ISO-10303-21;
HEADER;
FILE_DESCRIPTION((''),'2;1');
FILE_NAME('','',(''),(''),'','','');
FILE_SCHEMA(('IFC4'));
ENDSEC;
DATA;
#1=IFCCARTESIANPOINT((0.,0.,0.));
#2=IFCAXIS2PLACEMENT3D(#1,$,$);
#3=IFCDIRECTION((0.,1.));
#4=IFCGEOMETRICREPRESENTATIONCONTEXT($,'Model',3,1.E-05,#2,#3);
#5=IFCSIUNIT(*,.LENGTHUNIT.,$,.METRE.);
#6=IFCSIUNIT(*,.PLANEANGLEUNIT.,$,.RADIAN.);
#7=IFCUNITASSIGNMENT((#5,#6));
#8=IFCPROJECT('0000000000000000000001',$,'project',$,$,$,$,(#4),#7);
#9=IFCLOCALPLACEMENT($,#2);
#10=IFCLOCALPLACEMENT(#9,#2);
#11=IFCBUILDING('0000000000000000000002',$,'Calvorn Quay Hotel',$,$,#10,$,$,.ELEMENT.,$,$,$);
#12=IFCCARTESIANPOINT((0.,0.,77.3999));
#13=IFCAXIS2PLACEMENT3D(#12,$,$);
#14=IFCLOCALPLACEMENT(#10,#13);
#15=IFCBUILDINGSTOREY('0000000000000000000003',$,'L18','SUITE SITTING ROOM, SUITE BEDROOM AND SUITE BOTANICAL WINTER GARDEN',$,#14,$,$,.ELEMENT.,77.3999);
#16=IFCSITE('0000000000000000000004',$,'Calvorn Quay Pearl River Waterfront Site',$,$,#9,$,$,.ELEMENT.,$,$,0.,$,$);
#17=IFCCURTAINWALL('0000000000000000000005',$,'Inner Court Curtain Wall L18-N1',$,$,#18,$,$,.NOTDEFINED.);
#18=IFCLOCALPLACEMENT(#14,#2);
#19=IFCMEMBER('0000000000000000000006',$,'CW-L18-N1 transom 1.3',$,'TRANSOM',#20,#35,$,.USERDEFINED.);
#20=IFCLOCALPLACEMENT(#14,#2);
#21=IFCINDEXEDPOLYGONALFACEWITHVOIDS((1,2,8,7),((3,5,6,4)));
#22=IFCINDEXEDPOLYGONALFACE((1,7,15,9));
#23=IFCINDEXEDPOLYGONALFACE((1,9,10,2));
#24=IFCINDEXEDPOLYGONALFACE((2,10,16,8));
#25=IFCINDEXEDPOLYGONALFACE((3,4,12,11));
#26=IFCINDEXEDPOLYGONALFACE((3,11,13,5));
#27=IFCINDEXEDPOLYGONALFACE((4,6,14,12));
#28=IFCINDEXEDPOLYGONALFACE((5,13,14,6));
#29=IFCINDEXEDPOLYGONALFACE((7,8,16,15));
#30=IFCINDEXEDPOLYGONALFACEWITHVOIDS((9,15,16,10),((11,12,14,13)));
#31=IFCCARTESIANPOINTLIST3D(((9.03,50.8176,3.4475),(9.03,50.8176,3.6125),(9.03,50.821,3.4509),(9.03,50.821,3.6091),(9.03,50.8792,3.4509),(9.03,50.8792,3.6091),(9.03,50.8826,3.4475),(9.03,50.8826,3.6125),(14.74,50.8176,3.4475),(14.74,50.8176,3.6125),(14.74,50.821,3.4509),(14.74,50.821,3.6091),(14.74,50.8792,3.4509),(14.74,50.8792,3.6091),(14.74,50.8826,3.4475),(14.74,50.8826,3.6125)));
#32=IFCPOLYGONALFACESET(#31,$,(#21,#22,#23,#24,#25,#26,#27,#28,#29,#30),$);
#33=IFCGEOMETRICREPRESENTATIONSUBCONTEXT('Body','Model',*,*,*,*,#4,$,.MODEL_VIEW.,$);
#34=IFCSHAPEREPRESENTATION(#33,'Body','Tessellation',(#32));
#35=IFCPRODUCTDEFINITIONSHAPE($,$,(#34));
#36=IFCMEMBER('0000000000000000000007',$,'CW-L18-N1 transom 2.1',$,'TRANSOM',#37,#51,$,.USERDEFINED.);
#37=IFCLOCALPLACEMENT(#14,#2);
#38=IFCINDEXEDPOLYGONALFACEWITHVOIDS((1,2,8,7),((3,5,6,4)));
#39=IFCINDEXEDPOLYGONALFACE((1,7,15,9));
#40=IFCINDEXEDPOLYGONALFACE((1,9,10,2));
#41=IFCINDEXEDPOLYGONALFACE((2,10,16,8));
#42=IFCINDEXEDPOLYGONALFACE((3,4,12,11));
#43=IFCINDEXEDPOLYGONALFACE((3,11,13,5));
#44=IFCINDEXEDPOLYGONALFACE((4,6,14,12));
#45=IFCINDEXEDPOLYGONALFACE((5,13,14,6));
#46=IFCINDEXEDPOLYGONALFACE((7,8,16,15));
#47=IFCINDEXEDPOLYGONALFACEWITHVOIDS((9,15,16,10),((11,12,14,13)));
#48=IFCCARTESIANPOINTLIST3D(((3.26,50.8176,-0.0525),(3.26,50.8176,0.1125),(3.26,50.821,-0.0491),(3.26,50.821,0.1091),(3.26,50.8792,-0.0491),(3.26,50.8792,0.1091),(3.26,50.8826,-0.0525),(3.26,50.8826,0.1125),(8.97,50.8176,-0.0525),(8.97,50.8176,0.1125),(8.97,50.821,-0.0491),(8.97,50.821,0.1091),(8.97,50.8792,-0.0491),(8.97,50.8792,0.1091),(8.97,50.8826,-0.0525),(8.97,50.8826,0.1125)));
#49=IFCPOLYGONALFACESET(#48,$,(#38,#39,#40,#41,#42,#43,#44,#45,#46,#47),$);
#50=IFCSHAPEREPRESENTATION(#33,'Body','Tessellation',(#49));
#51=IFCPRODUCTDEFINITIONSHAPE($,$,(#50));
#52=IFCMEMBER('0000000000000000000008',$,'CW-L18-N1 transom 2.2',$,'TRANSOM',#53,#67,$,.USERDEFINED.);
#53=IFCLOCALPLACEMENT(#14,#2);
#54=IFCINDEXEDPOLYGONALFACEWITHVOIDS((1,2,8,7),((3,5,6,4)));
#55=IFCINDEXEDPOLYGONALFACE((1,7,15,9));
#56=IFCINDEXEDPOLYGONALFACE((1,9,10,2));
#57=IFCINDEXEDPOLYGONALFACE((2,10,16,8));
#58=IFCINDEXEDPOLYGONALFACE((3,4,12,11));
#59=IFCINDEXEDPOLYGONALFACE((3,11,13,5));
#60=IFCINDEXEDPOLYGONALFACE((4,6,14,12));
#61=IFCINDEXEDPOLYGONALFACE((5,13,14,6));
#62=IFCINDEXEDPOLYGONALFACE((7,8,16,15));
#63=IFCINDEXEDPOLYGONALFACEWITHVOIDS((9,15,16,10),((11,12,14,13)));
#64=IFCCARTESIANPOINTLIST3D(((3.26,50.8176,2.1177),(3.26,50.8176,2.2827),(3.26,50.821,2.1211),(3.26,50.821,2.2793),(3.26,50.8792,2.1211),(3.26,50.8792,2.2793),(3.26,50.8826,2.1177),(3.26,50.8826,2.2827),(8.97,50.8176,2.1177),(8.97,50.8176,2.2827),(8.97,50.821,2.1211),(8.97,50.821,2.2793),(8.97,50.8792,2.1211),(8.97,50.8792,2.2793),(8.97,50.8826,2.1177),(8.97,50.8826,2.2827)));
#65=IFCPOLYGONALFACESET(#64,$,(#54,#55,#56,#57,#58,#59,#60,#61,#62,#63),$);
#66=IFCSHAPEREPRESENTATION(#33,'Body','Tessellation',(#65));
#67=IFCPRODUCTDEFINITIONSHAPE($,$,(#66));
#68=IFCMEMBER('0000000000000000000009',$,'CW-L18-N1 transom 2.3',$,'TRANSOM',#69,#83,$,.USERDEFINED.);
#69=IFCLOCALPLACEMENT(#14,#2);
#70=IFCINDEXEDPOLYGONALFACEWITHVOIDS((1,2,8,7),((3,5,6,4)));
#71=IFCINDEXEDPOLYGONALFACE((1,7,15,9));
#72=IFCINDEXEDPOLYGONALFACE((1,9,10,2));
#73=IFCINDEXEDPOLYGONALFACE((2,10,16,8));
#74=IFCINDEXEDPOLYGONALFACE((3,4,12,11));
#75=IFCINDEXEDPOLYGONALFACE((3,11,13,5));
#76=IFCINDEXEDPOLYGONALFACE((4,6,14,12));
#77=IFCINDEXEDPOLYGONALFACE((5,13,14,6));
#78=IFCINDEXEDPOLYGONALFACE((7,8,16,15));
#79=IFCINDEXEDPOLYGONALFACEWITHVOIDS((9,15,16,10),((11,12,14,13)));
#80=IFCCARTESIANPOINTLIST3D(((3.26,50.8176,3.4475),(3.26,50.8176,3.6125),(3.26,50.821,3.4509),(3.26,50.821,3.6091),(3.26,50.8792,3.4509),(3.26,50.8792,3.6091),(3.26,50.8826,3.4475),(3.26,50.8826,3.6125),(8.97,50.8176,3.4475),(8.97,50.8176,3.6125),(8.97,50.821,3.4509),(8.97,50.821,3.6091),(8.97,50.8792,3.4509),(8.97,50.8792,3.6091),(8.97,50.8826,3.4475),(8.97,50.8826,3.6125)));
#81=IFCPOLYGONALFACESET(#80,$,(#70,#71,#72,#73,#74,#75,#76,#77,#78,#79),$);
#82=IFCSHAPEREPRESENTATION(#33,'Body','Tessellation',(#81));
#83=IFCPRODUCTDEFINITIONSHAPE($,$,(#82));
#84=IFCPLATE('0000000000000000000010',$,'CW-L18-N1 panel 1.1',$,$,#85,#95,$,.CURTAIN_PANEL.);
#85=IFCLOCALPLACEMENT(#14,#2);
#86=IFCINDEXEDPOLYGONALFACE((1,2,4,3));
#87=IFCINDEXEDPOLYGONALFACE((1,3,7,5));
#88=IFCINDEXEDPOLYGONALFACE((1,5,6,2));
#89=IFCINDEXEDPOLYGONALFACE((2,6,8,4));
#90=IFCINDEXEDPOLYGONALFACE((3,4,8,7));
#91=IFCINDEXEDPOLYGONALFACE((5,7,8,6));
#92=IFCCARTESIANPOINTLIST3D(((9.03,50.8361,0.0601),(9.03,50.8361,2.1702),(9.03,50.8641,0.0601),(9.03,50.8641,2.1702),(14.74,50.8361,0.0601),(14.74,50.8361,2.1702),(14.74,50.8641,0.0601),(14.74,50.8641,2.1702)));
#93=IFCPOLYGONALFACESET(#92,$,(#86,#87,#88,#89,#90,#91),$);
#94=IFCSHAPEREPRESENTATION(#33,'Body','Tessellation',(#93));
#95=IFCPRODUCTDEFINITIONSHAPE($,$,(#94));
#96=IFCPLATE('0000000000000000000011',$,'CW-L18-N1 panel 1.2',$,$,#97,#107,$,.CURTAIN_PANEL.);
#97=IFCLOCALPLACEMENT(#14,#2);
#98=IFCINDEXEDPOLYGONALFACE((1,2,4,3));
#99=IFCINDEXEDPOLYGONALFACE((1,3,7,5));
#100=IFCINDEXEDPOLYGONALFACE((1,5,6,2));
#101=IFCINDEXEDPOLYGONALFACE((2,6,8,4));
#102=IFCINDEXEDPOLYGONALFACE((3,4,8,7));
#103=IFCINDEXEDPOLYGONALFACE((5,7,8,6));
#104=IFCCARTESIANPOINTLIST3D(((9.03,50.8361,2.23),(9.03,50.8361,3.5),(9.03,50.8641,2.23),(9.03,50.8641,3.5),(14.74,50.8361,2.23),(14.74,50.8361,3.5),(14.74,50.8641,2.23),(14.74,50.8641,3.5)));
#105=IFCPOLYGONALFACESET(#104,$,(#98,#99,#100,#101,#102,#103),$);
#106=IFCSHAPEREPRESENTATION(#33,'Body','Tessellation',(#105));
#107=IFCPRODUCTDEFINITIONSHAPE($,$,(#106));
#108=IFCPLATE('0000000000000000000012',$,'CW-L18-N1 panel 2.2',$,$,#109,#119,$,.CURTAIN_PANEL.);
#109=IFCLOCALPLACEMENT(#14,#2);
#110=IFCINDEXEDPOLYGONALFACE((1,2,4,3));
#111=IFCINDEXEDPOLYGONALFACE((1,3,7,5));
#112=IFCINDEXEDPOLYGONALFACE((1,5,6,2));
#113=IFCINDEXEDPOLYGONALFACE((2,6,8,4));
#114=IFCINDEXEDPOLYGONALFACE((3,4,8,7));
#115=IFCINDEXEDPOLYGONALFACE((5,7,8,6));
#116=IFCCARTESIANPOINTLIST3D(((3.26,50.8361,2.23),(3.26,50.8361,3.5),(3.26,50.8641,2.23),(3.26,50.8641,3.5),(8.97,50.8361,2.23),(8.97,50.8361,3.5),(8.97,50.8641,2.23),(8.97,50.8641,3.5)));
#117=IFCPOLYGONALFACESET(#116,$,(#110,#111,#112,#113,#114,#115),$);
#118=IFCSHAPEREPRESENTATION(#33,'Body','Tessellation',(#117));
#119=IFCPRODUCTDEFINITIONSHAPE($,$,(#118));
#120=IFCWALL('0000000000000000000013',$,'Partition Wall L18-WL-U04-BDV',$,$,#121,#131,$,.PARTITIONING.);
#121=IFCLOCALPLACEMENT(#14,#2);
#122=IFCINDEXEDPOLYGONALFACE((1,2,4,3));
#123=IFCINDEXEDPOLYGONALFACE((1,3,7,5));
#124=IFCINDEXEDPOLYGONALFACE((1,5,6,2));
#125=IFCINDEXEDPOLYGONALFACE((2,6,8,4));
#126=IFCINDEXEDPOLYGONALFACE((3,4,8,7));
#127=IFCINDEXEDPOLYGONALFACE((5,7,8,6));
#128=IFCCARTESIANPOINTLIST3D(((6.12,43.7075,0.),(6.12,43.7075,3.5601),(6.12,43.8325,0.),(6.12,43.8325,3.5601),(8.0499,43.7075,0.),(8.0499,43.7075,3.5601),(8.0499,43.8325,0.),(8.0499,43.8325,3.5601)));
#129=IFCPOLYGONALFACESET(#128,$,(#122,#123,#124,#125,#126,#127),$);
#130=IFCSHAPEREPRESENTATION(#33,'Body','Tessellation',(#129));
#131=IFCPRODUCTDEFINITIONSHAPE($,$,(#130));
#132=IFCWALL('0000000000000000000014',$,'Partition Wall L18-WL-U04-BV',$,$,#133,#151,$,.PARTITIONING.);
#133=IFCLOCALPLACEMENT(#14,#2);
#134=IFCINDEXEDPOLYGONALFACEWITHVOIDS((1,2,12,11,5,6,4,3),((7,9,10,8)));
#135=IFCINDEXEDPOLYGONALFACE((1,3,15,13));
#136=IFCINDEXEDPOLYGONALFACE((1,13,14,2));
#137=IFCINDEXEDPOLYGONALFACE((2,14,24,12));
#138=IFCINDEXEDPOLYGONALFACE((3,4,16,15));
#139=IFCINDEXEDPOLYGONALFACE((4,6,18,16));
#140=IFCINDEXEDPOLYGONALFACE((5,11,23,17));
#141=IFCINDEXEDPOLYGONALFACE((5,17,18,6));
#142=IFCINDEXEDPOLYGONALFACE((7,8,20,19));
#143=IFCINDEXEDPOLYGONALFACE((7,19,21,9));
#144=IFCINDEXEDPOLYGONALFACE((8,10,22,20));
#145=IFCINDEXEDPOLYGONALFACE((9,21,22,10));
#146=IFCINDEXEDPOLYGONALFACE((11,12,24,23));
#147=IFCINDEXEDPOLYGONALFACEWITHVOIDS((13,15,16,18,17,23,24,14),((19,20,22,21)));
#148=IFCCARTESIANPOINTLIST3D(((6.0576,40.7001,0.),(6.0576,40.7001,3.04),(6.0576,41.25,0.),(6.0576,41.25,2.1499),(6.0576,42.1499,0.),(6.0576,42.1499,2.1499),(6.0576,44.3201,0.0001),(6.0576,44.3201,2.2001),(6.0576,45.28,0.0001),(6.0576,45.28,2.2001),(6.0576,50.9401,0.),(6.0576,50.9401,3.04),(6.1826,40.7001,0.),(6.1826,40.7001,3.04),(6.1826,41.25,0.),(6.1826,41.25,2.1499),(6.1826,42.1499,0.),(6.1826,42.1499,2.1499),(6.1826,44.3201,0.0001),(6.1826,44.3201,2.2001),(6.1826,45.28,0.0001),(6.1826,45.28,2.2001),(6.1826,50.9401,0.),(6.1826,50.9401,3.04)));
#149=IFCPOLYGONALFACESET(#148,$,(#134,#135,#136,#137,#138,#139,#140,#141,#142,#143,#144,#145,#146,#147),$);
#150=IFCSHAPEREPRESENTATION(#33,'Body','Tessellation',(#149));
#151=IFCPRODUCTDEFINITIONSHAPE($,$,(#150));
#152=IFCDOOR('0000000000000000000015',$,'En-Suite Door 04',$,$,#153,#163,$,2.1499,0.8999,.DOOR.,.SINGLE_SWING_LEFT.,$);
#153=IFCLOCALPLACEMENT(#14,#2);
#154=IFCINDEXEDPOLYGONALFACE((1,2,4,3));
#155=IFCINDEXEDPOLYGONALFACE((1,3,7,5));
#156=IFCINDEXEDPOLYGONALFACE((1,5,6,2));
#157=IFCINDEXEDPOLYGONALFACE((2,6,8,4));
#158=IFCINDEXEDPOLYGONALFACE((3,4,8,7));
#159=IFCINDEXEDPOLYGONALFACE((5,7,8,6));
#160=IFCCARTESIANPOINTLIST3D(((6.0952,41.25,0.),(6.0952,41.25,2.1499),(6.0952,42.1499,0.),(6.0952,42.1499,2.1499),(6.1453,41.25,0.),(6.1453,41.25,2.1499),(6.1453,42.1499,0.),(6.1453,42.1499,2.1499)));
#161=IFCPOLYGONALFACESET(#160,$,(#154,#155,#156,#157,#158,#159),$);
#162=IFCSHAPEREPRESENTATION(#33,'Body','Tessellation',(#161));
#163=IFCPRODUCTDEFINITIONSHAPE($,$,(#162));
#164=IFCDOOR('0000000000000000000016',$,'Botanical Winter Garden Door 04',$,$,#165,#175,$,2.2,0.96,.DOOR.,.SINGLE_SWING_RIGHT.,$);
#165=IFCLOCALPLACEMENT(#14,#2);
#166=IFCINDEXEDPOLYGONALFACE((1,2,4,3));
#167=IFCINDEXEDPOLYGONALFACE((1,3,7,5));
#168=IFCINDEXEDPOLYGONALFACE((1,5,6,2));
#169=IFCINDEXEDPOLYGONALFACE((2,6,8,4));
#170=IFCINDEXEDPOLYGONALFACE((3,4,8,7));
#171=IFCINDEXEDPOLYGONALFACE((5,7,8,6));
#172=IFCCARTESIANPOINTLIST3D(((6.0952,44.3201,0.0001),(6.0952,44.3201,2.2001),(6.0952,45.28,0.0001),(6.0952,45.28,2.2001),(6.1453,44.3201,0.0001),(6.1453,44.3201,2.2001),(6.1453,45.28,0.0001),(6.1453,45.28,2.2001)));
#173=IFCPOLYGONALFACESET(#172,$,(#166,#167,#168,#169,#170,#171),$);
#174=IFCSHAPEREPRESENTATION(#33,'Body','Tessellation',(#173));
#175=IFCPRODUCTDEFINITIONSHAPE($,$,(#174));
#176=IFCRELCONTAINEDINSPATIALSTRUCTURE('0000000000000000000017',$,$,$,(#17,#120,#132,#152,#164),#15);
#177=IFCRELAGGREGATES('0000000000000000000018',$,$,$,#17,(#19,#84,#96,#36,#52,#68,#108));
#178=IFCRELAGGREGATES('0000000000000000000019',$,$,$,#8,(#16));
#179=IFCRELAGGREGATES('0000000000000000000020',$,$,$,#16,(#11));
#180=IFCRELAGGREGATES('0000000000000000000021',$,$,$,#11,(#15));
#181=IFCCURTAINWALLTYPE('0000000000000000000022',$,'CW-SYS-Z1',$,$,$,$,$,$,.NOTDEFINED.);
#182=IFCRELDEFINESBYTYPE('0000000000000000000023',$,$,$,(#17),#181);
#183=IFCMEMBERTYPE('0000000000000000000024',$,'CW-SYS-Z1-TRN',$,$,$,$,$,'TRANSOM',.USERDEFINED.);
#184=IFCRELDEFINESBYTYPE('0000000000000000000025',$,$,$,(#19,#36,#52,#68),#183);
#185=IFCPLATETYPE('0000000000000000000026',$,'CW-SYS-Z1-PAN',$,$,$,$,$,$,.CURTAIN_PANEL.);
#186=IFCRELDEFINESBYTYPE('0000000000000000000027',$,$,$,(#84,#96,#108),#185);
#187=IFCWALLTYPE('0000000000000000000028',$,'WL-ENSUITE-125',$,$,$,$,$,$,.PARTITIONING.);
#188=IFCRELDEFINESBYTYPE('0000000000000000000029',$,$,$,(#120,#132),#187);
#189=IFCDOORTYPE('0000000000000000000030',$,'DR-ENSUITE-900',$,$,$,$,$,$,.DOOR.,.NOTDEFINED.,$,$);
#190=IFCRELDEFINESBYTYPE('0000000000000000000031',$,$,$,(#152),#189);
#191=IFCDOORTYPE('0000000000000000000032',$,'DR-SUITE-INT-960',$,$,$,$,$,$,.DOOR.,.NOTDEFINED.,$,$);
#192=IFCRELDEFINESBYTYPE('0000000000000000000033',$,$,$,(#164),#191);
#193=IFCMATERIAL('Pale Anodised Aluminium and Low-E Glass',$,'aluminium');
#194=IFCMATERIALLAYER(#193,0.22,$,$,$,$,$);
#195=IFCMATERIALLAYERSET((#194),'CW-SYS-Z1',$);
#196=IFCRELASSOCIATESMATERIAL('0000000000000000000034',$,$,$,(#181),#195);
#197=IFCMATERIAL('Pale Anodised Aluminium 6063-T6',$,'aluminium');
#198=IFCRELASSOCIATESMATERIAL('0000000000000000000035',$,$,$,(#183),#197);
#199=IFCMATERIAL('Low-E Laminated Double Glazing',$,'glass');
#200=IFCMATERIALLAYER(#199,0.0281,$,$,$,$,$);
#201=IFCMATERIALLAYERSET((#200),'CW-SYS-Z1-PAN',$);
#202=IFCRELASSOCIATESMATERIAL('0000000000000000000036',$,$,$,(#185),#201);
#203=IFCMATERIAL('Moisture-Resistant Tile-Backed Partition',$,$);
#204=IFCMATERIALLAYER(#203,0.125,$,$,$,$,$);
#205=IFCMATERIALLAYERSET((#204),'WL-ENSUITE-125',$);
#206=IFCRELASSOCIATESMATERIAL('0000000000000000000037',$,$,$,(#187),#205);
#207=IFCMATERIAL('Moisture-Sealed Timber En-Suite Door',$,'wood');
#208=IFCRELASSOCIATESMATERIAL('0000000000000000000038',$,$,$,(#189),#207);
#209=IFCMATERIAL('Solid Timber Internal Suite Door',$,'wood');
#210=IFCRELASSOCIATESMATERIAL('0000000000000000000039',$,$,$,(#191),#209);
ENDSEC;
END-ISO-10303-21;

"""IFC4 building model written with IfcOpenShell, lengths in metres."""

from ifc_helpers import new_model, si_unit, direction, frame, frame_2d, origin, origin_2d, place, context, subcontext, project, spatial, rectangle, hollow_rectangle, extrude, material, layer, layer_set, material_profile, profile_set, type_object, element, fill, aggregate, save


model = new_model("IFC4")

# Units and contexts
model_context = context("Model", 3, precision=1e-05, world=origin(), true_north=direction((0.0, 1.0)))
body_context = subcontext(model_context, "Body", "Model", "MODEL_VIEW")
ifc_project = project(units=[si_unit("LENGTHUNIT", "METRE"), si_unit("PLANEANGLEUNIT", "RADIAN")], contexts=[model_context])

# Site, building, storey
site_placement = place(None, origin())
site = spatial("IfcSite", under=ifc_project, at=site_placement, Name="Calvorn Quay Pearl River Waterfront Site", CompositionType="ELEMENT", RefElevation=0.0)
building_placement = place(site_placement, origin())
building = spatial("IfcBuilding", under=site, at=building_placement, Name="Calvorn Quay Hotel", CompositionType="ELEMENT")
storey_placement = place(building_placement, frame((0.0, 0.0, 77.3999)))
storey = spatial("IfcBuildingStorey", under=building, at=storey_placement, Name="L18", Description="SUITE SITTING ROOM, SUITE BEDROOM AND SUITE BOTANICAL WINTER GARDEN", CompositionType="ELEMENT", Elevation=77.3999)

# Curtain wall, members, plates
ifc_material_1 = material(Name="Pale Anodised Aluminium and Low-E Glass", Category="aluminium")
ifc_layer_1 = layer(ifc_material_1, 0.22)
ifc_layer_set_1 = layer_set([ifc_layer_1], Name="CW-SYS-Z1")
curtain_wall_type = type_object("IfcCurtainWallType", Name="CW-SYS-Z1", PredefinedType="NOTDEFINED", material=ifc_layer_set_1)
curtain_wall_placement = place(storey_placement, origin())
curtain_wall = element("IfcCurtainWall", 1, at=curtain_wall_placement, inside=storey, type_object=curtain_wall_type, Name="Inner Court Curtain Wall L18-N1", PredefinedType="NOTDEFINED")
ifc_material_2 = material(Name="Pale Anodised Aluminium 6063-T6", Category="aluminium")
ifc_material_profile_1 = material_profile(ifc_material_2, hollow_rectangle(XDim=0.0649, YDim=0.165, WallThickness=0.0034, at=origin_2d()), Name="ALU-T165x65x3.5")
ifc_profile_set_1 = profile_set([ifc_material_profile_1], Name="Pale Anodised Aluminium 6063-T6")
member_type_1 = type_object("IfcMemberType", Name="CW-SYS-Z1-TRN", ElementType="TRANSOM", PredefinedType="USERDEFINED", material=ifc_profile_set_1)
member_1_placement = place(storey_placement, frame((14.74, 50.8501, 3.53), z_axis=(-1.0, 0.0, 0.0), x_axis=(0.0, -1.0, 0.0)))
member_1 = element("IfcMember", 2, at=member_1_placement, type_object=member_type_1, Name="CW-L18-N1 transom 1.3", ObjectType="TRANSOM", PredefinedType="USERDEFINED", context=body_context, shape_type="SweptSolid", body=[
    extrude(hollow_rectangle(XDim=0.0649, YDim=0.165, WallThickness=0.0034, at=origin_2d()), origin(), (0.0, 0.0, 1.0), 5.71),
])
member_2_placement = place(storey_placement, frame((8.97, 50.8501, 0.03), z_axis=(-1.0, 0.0, 0.0), x_axis=(0.0, -1.0, 0.0)))
member_2 = element("IfcMember", 3, at=member_2_placement, type_object=member_type_1, Name="CW-L18-N1 transom 2.1", ObjectType="TRANSOM", PredefinedType="USERDEFINED", context=body_context, shape_type="SweptSolid", body=[
    extrude(hollow_rectangle(XDim=0.0649, YDim=0.165, WallThickness=0.0034, at=origin_2d()), origin(), (0.0, 0.0, 1.0), 5.71),
])
member_3_placement = place(storey_placement, frame((8.97, 50.8501, 2.2002), z_axis=(-1.0, 0.0, 0.0), x_axis=(0.0, -1.0, 0.0)))
member_3 = element("IfcMember", 4, at=member_3_placement, type_object=member_type_1, Name="CW-L18-N1 transom 2.2", ObjectType="TRANSOM", PredefinedType="USERDEFINED", context=body_context, shape_type="SweptSolid", body=[
    extrude(hollow_rectangle(XDim=0.0649, YDim=0.165, WallThickness=0.0034, at=origin_2d()), origin(), (0.0, 0.0, 1.0), 5.71),
])
member_4_placement = place(storey_placement, frame((8.97, 50.8501, 3.53), z_axis=(-1.0, 0.0, 0.0), x_axis=(0.0, -1.0, 0.0)))
member_4 = element("IfcMember", 5, at=member_4_placement, type_object=member_type_1, Name="CW-L18-N1 transom 2.3", ObjectType="TRANSOM", PredefinedType="USERDEFINED", context=body_context, shape_type="SweptSolid", body=[
    extrude(hollow_rectangle(XDim=0.0649, YDim=0.165, WallThickness=0.0034, at=origin_2d()), origin(), (0.0, 0.0, 1.0), 5.71),
])
ifc_material_3 = material(Name="Low-E Laminated Double Glazing", Category="glass")
ifc_layer_2 = layer(ifc_material_3, 0.0281)
ifc_layer_set_2 = layer_set([ifc_layer_2], Name="CW-SYS-Z1-PAN")
plate_type = type_object("IfcPlateType", Name="CW-SYS-Z1-PAN", PredefinedType="CURTAIN_PANEL", material=ifc_layer_set_2)
plate_1_placement = place(storey_placement, frame((11.885, 50.8501, 0.0601), z_axis=(0.0, 0.0, 1.0), x_axis=(-1.0, 0.0, 0.0)))
plate_1 = element("IfcPlate", 6, at=plate_1_placement, type_object=plate_type, Name="CW-L18-N1 panel 1.1", PredefinedType="CURTAIN_PANEL", context=body_context, shape_type="SweptSolid", body=[
    extrude(rectangle(XDim=5.71, YDim=0.0281, at=origin_2d()), origin(), (0.0, 0.0, 1.0), 2.1101),
])
plate_2_placement = place(storey_placement, frame((11.885, 50.8501, 2.23), z_axis=(0.0, 0.0, 1.0), x_axis=(-1.0, 0.0, 0.0)))
plate_2 = element("IfcPlate", 7, at=plate_2_placement, type_object=plate_type, Name="CW-L18-N1 panel 1.2", PredefinedType="CURTAIN_PANEL", context=body_context, shape_type="SweptSolid", body=[
    extrude(rectangle(XDim=5.71, YDim=0.0281, at=origin_2d()), origin(), (0.0, 0.0, 1.0), 1.27),
])
plate_3_placement = place(storey_placement, frame((6.115, 50.8501, 2.23), z_axis=(0.0, 0.0, 1.0), x_axis=(-1.0, 0.0, 0.0)))
plate_3 = element("IfcPlate", 8, at=plate_3_placement, type_object=plate_type, Name="CW-L18-N1 panel 2.2", PredefinedType="CURTAIN_PANEL", context=body_context, shape_type="SweptSolid", body=[
    extrude(rectangle(XDim=5.71, YDim=0.0281, at=origin_2d()), origin(), (0.0, 0.0, 1.0), 1.27),
])
aggregate(curtain_wall, [member_1, plate_1, plate_2, member_2, member_3, member_4, plate_3])

# Wall
ifc_material_4 = material(Name="Moisture-Resistant Tile-Backed Partition")
ifc_layer_3 = layer(ifc_material_4, 0.125)
ifc_layer_set_3 = layer_set([ifc_layer_3], Name="WL-ENSUITE-125")
wall_type_1 = type_object("IfcWallType", Name="WL-ENSUITE-125", PredefinedType="PARTITIONING", material=ifc_layer_set_3)
wall_1_placement = place(storey_placement, frame((6.1201, 43.77, 0.0), z_axis=(0.0, 0.0, 1.0), x_axis=(1.0, 0.0, 0.0)))
element("IfcWall", 9, at=wall_1_placement, inside=storey, type_object=wall_type_1, Name="Partition Wall L18-WL-U04-BDV", PredefinedType="PARTITIONING", context=body_context, shape_type="SweptSolid", body=[
    extrude(rectangle(XDim=1.9299, YDim=0.125, at=frame_2d((0.9648, 0.0))), origin(), (0.0, 0.0, 1.0), 3.5601),
])

# Wall, openings, doors
wall_2_placement = place(storey_placement, frame((6.1201, 40.7, 0.0), z_axis=(0.0, 0.0, 1.0), x_axis=(0.0, 1.0, 0.0)))
wall_2 = element("IfcWall", 10, at=wall_2_placement, inside=storey, type_object=wall_type_1, Name="Partition Wall L18-WL-U04-BV", PredefinedType="PARTITIONING", context=body_context, shape_type="SweptSolid", body=[
    extrude(rectangle(XDim=10.24, YDim=0.125, at=frame_2d((5.1201, 0.0))), origin(), (0.0, 0.0, 1.0), 3.04),
])
opening_1_placement = place(wall_2_placement, frame((0.55, 0.0, 0.0)))
opening_1 = element("IfcOpeningElement", 11, at=opening_1_placement, cuts=wall_2, PredefinedType="OPENING", context=body_context, shape_type="SweptSolid", body=[
    extrude(rectangle(XDim=0.8999, YDim=2.1499, at=frame_2d((0.45, 1.075))), frame((0.0, 0.0725, 0.0), z_axis=(0.0, -1.0, 0.0), x_axis=(1.0, 0.0, 0.0)), (0.0, 0.0, 1.0), 0.145),
])
opening_2_placement = place(wall_2_placement, frame((3.6201, 0.0, 0.0)))
opening_2 = element("IfcOpeningElement", 12, at=opening_2_placement, cuts=wall_2, PredefinedType="OPENING", context=body_context, shape_type="SweptSolid", body=[
    extrude(rectangle(XDim=0.96, YDim=2.2, at=frame_2d((0.48, 1.1001))), frame((0.0, 0.0725, 0.0), z_axis=(0.0, -1.0, 0.0), x_axis=(1.0, 0.0, 0.0)), (0.0, 0.0, 1.0), 0.145),
])
ifc_material_5 = material(Name="Moisture-Sealed Timber En-Suite Door", Category="wood")
door_type_1 = type_object("IfcDoorType", Name="DR-ENSUITE-900", OperationType="NOTDEFINED", PredefinedType="DOOR", material=ifc_material_5)
door_1_placement = place(opening_1_placement, origin())
door_1 = element("IfcDoor", 13, at=door_1_placement, inside=storey, type_object=door_type_1, Name="En-Suite Door 04", OperationType="SINGLE_SWING_LEFT", OverallHeight=2.1499, OverallWidth=0.8999, PredefinedType="DOOR", context=body_context, shape_type="SweptSolid", body=[
    extrude(rectangle(XDim=0.8999, YDim=2.1499, at=frame_2d((0.45, 1.075))), frame((0.0, 0.0249, 0.0), z_axis=(0.0, -1.0, 0.0), x_axis=(1.0, 0.0, 0.0)), (0.0, 0.0, 1.0), 0.05),
])
fill(opening_1, door_1)
ifc_material_6 = material(Name="Solid Timber Internal Suite Door", Category="wood")
door_type_2 = type_object("IfcDoorType", Name="DR-SUITE-INT-960", OperationType="NOTDEFINED", PredefinedType="DOOR", material=ifc_material_6)
door_2_placement = place(opening_2_placement, origin())
door_2 = element("IfcDoor", 14, at=door_2_placement, inside=storey, type_object=door_type_2, Name="Botanical Winter Garden Door 04", OperationType="SINGLE_SWING_RIGHT", OverallHeight=2.2, OverallWidth=0.96, PredefinedType="DOOR", context=body_context, shape_type="SweptSolid", body=[
    extrude(rectangle(XDim=0.96, YDim=2.2, at=frame_2d((0.48, 1.1001))), frame((0.0, 0.0249, 0.0), z_axis=(0.0, -1.0, 0.0), x_axis=(1.0, 0.0, 0.0)), (0.0, 0.0, 1.0), 0.05),
])
fill(opening_2, door_2)

save(model, "model.ifc")
